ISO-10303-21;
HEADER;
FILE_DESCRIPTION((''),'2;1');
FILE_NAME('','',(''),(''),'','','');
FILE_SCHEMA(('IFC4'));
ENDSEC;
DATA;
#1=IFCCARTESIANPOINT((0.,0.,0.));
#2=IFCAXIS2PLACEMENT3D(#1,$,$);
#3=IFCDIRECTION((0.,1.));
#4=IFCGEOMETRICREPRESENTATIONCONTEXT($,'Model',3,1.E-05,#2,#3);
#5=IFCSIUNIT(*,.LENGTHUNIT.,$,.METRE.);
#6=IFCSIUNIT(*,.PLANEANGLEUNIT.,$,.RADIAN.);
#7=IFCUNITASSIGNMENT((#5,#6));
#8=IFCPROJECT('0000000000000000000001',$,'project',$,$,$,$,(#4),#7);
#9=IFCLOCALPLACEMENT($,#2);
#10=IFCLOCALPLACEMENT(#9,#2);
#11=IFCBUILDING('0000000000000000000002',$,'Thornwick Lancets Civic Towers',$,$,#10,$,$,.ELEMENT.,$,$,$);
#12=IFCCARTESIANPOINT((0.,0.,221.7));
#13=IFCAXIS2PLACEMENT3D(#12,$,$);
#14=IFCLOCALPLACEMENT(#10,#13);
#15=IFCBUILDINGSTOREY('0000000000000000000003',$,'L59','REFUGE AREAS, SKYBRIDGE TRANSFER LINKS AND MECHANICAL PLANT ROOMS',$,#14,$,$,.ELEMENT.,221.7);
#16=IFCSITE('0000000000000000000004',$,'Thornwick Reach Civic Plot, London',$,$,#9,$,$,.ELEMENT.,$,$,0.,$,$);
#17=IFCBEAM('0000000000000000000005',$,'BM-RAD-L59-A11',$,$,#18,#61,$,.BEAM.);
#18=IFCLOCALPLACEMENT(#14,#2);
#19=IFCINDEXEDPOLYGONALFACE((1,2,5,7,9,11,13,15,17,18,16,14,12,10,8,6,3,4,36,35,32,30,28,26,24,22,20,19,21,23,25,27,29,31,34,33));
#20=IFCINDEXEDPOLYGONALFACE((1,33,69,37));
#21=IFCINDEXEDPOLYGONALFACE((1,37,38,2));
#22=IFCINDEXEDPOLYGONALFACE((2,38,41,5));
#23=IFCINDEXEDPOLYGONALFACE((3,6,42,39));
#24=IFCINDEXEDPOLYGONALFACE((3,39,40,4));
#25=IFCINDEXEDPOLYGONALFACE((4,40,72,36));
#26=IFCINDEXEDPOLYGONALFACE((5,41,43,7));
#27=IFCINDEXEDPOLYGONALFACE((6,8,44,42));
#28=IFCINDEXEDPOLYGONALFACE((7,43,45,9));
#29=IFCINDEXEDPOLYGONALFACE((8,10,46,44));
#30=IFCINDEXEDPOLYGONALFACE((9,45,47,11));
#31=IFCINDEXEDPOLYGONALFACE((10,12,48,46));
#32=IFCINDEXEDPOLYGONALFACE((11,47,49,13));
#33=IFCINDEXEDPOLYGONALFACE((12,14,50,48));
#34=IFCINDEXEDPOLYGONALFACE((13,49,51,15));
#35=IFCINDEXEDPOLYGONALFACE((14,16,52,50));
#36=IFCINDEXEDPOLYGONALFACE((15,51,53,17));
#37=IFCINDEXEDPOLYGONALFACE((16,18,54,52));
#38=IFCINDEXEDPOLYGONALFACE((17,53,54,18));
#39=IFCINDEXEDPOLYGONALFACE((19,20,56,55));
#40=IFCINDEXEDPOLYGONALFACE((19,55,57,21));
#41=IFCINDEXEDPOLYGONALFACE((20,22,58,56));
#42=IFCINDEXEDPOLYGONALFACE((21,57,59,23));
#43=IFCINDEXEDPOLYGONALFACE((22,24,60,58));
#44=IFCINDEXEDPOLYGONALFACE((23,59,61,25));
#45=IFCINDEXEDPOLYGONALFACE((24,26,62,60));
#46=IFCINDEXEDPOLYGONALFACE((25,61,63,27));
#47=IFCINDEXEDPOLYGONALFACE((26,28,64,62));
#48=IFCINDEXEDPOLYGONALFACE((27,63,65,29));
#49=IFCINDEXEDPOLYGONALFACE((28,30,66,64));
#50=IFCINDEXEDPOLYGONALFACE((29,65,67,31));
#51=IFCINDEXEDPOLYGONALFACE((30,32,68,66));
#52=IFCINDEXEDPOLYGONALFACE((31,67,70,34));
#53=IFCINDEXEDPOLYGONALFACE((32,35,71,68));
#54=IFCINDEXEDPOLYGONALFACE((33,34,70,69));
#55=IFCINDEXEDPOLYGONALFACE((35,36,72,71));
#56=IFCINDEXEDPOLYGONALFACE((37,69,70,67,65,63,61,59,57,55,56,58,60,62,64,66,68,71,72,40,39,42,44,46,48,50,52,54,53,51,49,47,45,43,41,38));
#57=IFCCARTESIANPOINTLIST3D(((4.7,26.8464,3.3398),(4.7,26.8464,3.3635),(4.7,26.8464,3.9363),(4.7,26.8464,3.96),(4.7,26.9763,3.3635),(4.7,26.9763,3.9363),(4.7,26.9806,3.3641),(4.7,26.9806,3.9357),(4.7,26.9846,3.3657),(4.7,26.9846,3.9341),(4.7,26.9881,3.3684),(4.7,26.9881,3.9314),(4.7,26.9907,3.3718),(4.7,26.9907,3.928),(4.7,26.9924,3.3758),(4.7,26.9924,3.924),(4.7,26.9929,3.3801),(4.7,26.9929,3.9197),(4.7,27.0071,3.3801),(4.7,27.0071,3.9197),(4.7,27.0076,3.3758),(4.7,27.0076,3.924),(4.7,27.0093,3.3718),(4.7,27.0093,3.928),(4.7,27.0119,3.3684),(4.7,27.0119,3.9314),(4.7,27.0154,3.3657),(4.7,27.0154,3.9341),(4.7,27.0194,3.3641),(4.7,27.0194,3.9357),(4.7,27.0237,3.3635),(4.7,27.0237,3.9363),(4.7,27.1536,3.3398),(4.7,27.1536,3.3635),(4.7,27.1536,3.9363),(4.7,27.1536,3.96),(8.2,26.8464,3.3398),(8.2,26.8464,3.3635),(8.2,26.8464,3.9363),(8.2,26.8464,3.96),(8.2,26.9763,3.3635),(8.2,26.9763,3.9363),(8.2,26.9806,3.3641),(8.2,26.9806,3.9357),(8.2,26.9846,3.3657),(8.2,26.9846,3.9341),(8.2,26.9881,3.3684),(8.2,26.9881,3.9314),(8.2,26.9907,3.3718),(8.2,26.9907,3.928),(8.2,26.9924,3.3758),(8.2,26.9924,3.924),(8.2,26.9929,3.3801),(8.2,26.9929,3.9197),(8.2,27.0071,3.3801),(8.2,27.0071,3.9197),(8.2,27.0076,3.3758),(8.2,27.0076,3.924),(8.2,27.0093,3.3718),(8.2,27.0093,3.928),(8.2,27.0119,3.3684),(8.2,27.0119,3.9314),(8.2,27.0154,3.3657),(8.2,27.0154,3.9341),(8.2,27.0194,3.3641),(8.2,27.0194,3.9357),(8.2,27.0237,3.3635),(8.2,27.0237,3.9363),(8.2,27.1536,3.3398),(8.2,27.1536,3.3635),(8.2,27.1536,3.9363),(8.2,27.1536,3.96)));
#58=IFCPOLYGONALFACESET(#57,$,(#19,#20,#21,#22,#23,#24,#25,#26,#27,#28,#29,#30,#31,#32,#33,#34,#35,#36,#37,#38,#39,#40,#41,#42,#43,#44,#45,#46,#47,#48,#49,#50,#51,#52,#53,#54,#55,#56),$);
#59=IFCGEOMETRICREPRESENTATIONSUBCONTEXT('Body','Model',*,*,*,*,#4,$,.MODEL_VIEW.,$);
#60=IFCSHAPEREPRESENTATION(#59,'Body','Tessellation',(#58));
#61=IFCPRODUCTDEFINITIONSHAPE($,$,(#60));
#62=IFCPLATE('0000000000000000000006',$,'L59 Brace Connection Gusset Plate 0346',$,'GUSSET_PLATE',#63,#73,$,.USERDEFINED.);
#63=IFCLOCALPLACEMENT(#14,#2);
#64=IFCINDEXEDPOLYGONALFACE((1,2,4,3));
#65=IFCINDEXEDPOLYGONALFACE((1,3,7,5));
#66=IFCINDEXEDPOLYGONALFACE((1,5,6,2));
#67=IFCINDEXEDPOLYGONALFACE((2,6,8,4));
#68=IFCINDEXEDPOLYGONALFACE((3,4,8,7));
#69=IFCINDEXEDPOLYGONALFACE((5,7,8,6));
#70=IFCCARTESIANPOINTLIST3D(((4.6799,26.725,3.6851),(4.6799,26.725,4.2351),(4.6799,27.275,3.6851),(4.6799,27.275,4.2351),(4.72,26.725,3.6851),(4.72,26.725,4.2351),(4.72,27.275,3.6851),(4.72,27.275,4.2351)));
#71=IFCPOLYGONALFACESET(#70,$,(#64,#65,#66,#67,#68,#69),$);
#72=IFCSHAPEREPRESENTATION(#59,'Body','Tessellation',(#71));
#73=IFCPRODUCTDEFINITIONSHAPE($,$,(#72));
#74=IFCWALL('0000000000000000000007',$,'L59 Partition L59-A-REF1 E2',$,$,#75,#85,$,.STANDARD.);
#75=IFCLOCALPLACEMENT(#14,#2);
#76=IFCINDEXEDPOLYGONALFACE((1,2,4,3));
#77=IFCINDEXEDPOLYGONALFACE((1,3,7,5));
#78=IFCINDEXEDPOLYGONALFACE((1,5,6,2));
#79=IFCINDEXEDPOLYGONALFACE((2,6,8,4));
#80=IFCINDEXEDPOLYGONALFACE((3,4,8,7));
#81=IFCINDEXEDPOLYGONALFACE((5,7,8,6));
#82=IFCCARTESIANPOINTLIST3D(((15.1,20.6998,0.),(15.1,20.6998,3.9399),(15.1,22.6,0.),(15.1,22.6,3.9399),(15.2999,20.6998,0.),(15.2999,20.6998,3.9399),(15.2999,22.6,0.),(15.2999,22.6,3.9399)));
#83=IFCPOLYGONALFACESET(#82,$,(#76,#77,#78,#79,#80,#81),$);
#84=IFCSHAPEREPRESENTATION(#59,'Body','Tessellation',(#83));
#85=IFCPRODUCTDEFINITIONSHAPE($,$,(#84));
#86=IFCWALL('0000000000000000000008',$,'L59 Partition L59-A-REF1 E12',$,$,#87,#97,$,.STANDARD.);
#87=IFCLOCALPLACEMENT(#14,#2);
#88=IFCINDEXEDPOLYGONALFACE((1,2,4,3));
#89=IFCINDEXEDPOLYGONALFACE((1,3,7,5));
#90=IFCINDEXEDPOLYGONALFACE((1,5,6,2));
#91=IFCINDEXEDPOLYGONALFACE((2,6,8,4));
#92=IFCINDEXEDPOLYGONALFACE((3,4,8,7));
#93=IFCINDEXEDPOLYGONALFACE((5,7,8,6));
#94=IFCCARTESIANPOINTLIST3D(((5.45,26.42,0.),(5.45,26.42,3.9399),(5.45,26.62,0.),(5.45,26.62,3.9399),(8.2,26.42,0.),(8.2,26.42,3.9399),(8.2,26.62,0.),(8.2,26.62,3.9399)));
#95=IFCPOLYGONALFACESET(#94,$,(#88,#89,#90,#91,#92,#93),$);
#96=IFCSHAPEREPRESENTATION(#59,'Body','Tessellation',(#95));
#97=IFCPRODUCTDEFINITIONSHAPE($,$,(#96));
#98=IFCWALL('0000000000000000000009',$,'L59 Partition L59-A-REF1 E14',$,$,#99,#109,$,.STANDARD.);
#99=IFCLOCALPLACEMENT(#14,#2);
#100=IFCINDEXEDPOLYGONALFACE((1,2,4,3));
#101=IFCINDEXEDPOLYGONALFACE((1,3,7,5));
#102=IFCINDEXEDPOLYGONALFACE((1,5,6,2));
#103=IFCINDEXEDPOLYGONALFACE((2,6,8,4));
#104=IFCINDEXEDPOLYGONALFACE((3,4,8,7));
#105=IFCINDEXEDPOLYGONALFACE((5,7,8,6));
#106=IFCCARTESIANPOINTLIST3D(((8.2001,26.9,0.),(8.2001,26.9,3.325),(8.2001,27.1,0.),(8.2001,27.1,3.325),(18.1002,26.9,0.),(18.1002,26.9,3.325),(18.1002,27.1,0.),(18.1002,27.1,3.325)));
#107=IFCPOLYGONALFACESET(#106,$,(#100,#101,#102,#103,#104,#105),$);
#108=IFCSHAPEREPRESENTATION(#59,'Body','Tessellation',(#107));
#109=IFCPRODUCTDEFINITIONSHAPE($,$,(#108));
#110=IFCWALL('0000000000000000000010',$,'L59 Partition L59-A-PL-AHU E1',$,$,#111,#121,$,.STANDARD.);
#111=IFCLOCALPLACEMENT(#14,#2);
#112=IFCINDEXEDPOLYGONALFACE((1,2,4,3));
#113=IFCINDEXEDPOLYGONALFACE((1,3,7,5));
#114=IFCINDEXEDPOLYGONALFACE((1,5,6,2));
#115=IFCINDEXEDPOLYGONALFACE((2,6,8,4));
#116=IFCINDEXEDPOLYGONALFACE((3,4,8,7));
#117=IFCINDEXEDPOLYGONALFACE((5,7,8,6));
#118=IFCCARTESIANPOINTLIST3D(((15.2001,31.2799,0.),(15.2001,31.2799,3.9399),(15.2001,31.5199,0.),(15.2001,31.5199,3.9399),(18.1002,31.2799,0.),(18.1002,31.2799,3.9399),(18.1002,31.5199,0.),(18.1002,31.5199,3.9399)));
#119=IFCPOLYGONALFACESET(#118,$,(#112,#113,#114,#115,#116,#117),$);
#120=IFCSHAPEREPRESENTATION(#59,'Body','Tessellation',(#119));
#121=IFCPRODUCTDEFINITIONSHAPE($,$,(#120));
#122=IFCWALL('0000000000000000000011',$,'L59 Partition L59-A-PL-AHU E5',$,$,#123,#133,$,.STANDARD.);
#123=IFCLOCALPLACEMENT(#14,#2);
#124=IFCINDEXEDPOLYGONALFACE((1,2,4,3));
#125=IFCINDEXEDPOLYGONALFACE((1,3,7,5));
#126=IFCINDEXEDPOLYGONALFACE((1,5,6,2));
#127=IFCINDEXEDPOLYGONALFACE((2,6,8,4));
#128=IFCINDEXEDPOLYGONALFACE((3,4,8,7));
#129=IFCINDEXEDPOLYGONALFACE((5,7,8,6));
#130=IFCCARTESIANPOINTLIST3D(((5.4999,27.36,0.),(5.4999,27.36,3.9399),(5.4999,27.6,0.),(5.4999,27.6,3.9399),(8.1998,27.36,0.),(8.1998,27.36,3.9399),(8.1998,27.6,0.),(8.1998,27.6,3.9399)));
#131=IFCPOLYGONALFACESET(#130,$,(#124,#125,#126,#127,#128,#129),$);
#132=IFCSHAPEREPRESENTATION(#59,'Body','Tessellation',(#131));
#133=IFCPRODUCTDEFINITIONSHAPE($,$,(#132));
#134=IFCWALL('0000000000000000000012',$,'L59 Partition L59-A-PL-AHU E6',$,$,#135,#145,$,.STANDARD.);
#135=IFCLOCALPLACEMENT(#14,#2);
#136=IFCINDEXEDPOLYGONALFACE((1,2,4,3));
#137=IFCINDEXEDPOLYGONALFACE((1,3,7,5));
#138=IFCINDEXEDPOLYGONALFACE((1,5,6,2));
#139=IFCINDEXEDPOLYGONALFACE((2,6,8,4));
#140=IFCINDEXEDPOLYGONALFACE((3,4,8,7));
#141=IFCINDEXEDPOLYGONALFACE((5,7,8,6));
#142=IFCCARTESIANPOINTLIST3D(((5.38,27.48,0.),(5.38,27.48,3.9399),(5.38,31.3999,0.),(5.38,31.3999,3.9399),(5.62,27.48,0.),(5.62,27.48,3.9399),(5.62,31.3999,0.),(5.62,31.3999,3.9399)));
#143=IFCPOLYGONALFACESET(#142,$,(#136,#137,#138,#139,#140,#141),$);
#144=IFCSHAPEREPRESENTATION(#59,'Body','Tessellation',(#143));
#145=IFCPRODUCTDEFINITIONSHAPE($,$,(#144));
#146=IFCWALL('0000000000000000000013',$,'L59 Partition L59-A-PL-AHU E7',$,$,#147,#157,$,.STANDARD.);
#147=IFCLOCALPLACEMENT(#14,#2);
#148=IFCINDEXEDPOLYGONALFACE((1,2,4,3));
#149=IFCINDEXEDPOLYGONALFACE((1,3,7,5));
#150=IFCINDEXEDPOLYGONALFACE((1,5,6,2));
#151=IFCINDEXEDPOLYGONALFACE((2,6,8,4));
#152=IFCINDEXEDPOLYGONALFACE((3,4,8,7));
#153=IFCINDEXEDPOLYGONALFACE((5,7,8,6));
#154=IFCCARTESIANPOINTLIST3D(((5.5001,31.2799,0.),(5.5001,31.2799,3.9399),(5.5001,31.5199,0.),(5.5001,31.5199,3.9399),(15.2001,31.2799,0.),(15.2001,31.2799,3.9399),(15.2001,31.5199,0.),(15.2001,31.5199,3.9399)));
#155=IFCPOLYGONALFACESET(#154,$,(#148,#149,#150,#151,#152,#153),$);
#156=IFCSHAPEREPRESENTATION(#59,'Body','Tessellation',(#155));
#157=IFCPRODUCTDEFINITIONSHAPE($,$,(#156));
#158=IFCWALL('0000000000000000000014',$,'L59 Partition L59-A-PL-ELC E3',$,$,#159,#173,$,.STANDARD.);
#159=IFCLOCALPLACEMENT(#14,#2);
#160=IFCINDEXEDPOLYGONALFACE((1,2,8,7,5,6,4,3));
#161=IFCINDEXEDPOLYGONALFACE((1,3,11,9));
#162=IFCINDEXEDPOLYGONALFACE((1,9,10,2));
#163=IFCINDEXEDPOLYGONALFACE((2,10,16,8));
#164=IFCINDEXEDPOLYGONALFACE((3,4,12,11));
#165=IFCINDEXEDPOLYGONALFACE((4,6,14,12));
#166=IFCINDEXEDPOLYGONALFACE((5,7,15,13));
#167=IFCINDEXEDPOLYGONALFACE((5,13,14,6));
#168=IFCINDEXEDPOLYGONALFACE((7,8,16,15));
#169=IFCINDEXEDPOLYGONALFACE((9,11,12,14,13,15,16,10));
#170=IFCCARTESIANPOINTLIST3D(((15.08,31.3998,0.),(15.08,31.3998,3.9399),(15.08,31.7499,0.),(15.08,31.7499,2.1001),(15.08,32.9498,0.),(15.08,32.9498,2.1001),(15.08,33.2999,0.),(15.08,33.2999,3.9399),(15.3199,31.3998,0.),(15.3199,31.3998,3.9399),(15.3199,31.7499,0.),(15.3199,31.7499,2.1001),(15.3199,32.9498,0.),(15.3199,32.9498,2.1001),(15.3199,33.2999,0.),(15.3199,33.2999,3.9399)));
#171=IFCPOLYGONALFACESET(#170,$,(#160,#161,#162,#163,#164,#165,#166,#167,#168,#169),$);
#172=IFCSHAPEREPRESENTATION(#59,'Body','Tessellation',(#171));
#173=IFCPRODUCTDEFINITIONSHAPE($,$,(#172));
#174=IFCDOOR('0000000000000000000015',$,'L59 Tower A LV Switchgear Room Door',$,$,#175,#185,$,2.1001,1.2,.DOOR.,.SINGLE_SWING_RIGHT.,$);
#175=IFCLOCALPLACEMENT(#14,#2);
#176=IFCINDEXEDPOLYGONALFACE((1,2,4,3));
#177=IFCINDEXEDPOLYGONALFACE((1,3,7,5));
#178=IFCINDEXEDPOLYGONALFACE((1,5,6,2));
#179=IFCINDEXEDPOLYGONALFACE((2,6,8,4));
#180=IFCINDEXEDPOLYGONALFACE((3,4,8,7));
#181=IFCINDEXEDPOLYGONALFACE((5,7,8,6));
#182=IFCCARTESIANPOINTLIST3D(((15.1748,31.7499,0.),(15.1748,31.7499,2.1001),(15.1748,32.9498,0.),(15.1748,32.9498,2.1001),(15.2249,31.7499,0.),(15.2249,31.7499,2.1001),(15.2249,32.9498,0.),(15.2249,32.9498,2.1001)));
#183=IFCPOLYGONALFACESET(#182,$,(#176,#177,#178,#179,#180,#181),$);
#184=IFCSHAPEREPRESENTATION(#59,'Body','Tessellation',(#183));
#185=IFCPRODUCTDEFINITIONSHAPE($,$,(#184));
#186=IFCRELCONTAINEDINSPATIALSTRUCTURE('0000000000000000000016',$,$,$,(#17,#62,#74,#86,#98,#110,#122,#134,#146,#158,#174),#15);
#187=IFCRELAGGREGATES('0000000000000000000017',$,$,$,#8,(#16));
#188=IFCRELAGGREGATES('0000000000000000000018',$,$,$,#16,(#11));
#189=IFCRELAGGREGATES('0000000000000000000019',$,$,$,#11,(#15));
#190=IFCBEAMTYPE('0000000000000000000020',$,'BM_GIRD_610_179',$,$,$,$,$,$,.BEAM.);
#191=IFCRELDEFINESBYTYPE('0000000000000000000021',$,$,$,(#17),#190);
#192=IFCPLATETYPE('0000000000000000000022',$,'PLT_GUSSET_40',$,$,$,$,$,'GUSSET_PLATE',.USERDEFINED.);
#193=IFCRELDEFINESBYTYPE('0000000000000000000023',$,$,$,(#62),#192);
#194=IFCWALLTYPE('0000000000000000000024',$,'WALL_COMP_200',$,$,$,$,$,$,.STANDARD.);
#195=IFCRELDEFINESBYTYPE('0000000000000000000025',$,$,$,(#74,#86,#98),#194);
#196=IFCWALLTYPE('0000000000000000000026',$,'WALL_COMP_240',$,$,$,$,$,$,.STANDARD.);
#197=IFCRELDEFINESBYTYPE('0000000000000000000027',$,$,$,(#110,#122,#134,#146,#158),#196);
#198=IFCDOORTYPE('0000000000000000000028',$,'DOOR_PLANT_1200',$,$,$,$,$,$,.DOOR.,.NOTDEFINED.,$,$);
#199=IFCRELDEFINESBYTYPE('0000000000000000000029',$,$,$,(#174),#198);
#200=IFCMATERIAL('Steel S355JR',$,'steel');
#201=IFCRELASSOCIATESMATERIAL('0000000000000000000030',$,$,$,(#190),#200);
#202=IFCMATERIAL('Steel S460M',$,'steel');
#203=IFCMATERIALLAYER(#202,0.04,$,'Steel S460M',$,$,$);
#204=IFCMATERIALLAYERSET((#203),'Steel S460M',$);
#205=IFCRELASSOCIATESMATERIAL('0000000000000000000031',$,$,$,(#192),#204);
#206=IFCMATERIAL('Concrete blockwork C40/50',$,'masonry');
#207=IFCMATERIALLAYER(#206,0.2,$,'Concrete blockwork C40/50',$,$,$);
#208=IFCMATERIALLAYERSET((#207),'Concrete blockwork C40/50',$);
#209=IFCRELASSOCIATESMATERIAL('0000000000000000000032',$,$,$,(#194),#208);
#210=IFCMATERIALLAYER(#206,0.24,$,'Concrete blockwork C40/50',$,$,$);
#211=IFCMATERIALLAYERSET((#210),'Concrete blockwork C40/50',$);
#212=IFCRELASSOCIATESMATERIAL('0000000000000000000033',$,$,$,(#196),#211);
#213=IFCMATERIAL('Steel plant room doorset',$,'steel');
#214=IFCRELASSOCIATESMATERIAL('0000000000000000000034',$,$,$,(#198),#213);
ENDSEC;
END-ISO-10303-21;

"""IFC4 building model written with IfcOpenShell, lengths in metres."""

from ifc_helpers import new_model, si_unit, direction, frame, frame_2d, origin, origin_2d, place, context, subcontext, project, spatial, rectangle, i_section, extrude, material, layer, layer_set, material_profile, profile_set, type_object, element, fill, save


model = new_model("IFC4")

# Units and contexts
model_context = context("Model", 3, precision=1e-05, world=origin(), true_north=direction((0.0, 1.0)))
body_context = subcontext(model_context, "Body", "Model", "MODEL_VIEW")
ifc_project = project(units=[si_unit("LENGTHUNIT", "METRE"), si_unit("PLANEANGLEUNIT", "RADIAN")], contexts=[model_context])

# Site, building, storey
site_placement = place(None, origin())
site = spatial("IfcSite", under=ifc_project, at=site_placement, Name="Thornwick Reach Civic Plot, London", CompositionType="ELEMENT", RefElevation=0.0)
building_placement = place(site_placement, origin())
building = spatial("IfcBuilding", under=site, at=building_placement, Name="Thornwick Lancets Civic Towers", CompositionType="ELEMENT")
storey_placement = place(building_placement, frame((0.0, 0.0, 221.7)))
storey = spatial("IfcBuildingStorey", under=building, at=storey_placement, Name="L59", Description="REFUGE AREAS, SKYBRIDGE TRANSFER LINKS AND MECHANICAL PLANT ROOMS", CompositionType="ELEMENT", Elevation=221.7)

# Shared definitions
ifc_material_1 = material(Name="Steel S355JR", Category="steel")

# Beam
ifc_material_profile_1 = material_profile(ifc_material_1, i_section(OverallWidth=0.3071, OverallDepth=0.6201, WebThickness=0.0142, FlangeThickness=0.0237, FilletRadius=0.0166, at=origin_2d()), Name="UKB 610x305x179")
ifc_profile_set_1 = profile_set([ifc_material_profile_1], Name="Steel S355JR")
beam_type_1 = type_object("IfcBeamType", Name="BM_GIRD_610_179", PredefinedType="BEAM", material=ifc_profile_set_1)
beam_1_placement = place(storey_placement, frame((8.2, 27.0, 3.6499), z_axis=(-1.0, 0.0, 0.0), x_axis=(0.0, -1.0, 0.0)))
element("IfcBeam", 1, at=beam_1_placement, inside=storey, type_object=beam_type_1, Name="BM-RAD-L59-A11", PredefinedType="BEAM", context=body_context, shape_type="SweptSolid", body=[
    extrude(i_section(OverallWidth=0.3071, OverallDepth=0.6201, WebThickness=0.0142, FlangeThickness=0.0237, FilletRadius=0.0166, at=origin_2d()), origin(), (0.0, 0.0, 1.0), 3.5),
])

# Plate
ifc_material_2 = material(Name="Steel S460M", Category="steel")
ifc_layer_1 = layer(ifc_material_2, 0.04, Name="Steel S460M")
ifc_layer_set_1 = layer_set([ifc_layer_1], Name="Steel S460M")
plate_type = type_object("IfcPlateType", Name="PLT_GUSSET_40", ElementType="GUSSET_PLATE", PredefinedType="USERDEFINED", material=ifc_layer_set_1)
plate_placement = place(storey_placement, frame((4.7, 27.0, 3.6851), z_axis=(0.0, 0.0, 1.0), x_axis=(0.0, 1.0, 0.0)))
element("IfcPlate", 2, at=plate_placement, inside=storey, type_object=plate_type, Name="L59 Brace Connection Gusset Plate 0346", ObjectType="GUSSET_PLATE", PredefinedType="USERDEFINED", context=body_context, shape_type="SweptSolid", body=[
    extrude(rectangle(XDim=0.55, YDim=0.04, at=origin_2d()), origin(), (0.0, 0.0, 1.0), 0.55),
])

# Walls
ifc_material_3 = material(Name="Concrete blockwork C40/50", Category="masonry")
ifc_layer_2 = layer(ifc_material_3, 0.2, Name="Concrete blockwork C40/50")
ifc_layer_set_2 = layer_set([ifc_layer_2], Name="Concrete blockwork C40/50")
wall_type_1 = type_object("IfcWallType", Name="WALL_COMP_200", PredefinedType="STANDARD", material=ifc_layer_set_2)
wall_1_placement = place(storey_placement, frame((15.2, 22.6001, 0.0), z_axis=(0.0, 0.0, 1.0), x_axis=(0.0, -1.0, 0.0)))
element("IfcWall", 3, at=wall_1_placement, inside=storey, type_object=wall_type_1, Name="L59 Partition L59-A-REF1 E2", PredefinedType="STANDARD", context=body_context, shape_type="SweptSolid", body=[
    extrude(rectangle(XDim=1.9001, YDim=0.2, at=frame_2d((0.9502, 0.0))), origin(), (0.0, 0.0, 1.0), 3.9399),
])
wall_2_placement = place(storey_placement, frame((5.45, 26.52, 0.0), z_axis=(0.0, 0.0, 1.0), x_axis=(1.0, 0.0, 0.0)))
element("IfcWall", 4, at=wall_2_placement, inside=storey, type_object=wall_type_1, Name="L59 Partition L59-A-REF1 E12", PredefinedType="STANDARD", context=body_context, shape_type="SweptSolid", body=[
    extrude(rectangle(XDim=2.75, YDim=0.2, at=frame_2d((1.375, 0.0))), origin(), (0.0, 0.0, 1.0), 3.9399),
])
wall_3_placement = place(storey_placement, frame((8.2, 27.0, 0.0), z_axis=(0.0, 0.0, 1.0), x_axis=(1.0, 0.0, 0.0)))
element("IfcWall", 5, at=wall_3_placement, inside=storey, type_object=wall_type_1, Name="L59 Partition L59-A-REF1 E14", PredefinedType="STANDARD", context=body_context, shape_type="SweptSolid", body=[
    extrude(rectangle(XDim=9.9001, YDim=0.2, at=frame_2d((4.9502, 0.0))), origin(), (0.0, 0.0, 1.0), 3.325),
])
ifc_layer_3 = layer(ifc_material_3, 0.24, Name="Concrete blockwork C40/50")
ifc_layer_set_3 = layer_set([ifc_layer_3], Name="Concrete blockwork C40/50")
wall_type_2 = type_object("IfcWallType", Name="WALL_COMP_240", PredefinedType="STANDARD", material=ifc_layer_set_3)
wall_4_placement = place(storey_placement, frame((15.2, 31.3999, 0.0), z_axis=(0.0, 0.0, 1.0), x_axis=(1.0, 0.0, 0.0)))
element("IfcWall", 6, at=wall_4_placement, inside=storey, type_object=wall_type_2, Name="L59 Partition L59-A-PL-AHU E1", PredefinedType="STANDARD", context=body_context, shape_type="SweptSolid", body=[
    extrude(rectangle(XDim=2.9001, YDim=0.24, at=frame_2d((1.4502, 0.0))), origin(), (0.0, 0.0, 1.0), 3.9399),
])
wall_5_placement = place(storey_placement, frame((8.2, 27.48, 0.0), z_axis=(0.0, 0.0, 1.0), x_axis=(-1.0, 0.0, 0.0)))
element("IfcWall", 7, at=wall_5_placement, inside=storey, type_object=wall_type_2, Name="L59 Partition L59-A-PL-AHU E5", PredefinedType="STANDARD", context=body_context, shape_type="SweptSolid", body=[
    extrude(rectangle(XDim=2.7, YDim=0.24, at=frame_2d((1.3501, 0.0))), origin(), (0.0, 0.0, 1.0), 3.9399),
])
wall_6_placement = place(storey_placement, frame((5.5, 27.48, 0.0), z_axis=(0.0, 0.0, 1.0), x_axis=(0.0, 1.0, 0.0)))
element("IfcWall", 8, at=wall_6_placement, inside=storey, type_object=wall_type_2, Name="L59 Partition L59-A-PL-AHU E6", PredefinedType="STANDARD", context=body_context, shape_type="SweptSolid", body=[
    extrude(rectangle(XDim=3.9199, YDim=0.24, at=frame_2d((1.96, 0.0))), origin(), (0.0, 0.0, 1.0), 3.9399),
])
wall_7_placement = place(storey_placement, frame((5.5, 31.3999, 0.0), z_axis=(0.0, 0.0, 1.0), x_axis=(1.0, 0.0, 0.0)))
element("IfcWall", 9, at=wall_7_placement, inside=storey, type_object=wall_type_2, Name="L59 Partition L59-A-PL-AHU E7", PredefinedType="STANDARD", context=body_context, shape_type="SweptSolid", body=[
    extrude(rectangle(XDim=9.7, YDim=0.24, at=frame_2d((4.8501, 0.0))), origin(), (0.0, 0.0, 1.0), 3.9399),
])

# Wall, opening, door
wall_8_placement = place(storey_placement, frame((15.2, 33.3, 0.0), z_axis=(0.0, 0.0, 1.0), x_axis=(0.0, -1.0, 0.0)))
wall_8 = element("IfcWall", 10, at=wall_8_placement, inside=storey, type_object=wall_type_2, Name="L59 Partition L59-A-PL-ELC E3", PredefinedType="STANDARD", context=body_context, shape_type="SweptSolid", body=[
    extrude(rectangle(XDim=1.9001, YDim=0.24, at=frame_2d((0.9502, 0.0))), origin(), (0.0, 0.0, 1.0), 3.9399),
])
opening_placement = place(wall_8_placement, frame((0.3501, 0.0, 0.0)))
opening = element("IfcOpeningElement", 11, at=opening_placement, cuts=wall_8, PredefinedType="OPENING", context=body_context, shape_type="SweptSolid", body=[
    extrude(rectangle(XDim=1.2, YDim=2.1001, at=frame_2d((0.6001, 1.05))), frame((0.0, 0.1299, 0.0), z_axis=(0.0, -1.0, 0.0), x_axis=(1.0, 0.0, 0.0)), (0.0, 0.0, 1.0), 0.26),
])
ifc_material_4 = material(Name="Steel plant room doorset", Category="steel")
door_type = type_object("IfcDoorType", Name="DOOR_PLANT_1200", OperationType="NOTDEFINED", PredefinedType="DOOR", material=ifc_material_4)
door_placement = place(opening_placement, origin())
door = element("IfcDoor", 12, at=door_placement, inside=storey, type_object=door_type, Name="L59 Tower A LV Switchgear Room Door", OperationType="SINGLE_SWING_RIGHT", OverallHeight=2.1001, OverallWidth=1.2, PredefinedType="DOOR", context=body_context, shape_type="SweptSolid", body=[
    extrude(rectangle(XDim=1.2, YDim=2.1001, at=frame_2d((0.6001, 1.05))), frame((0.0, 0.0249, 0.0), z_axis=(0.0, -1.0, 0.0), x_axis=(1.0, 0.0, 0.0)), (0.0, 0.0, 1.0), 0.05),
])
fill(opening, door)

save(model, "model.ifc")
